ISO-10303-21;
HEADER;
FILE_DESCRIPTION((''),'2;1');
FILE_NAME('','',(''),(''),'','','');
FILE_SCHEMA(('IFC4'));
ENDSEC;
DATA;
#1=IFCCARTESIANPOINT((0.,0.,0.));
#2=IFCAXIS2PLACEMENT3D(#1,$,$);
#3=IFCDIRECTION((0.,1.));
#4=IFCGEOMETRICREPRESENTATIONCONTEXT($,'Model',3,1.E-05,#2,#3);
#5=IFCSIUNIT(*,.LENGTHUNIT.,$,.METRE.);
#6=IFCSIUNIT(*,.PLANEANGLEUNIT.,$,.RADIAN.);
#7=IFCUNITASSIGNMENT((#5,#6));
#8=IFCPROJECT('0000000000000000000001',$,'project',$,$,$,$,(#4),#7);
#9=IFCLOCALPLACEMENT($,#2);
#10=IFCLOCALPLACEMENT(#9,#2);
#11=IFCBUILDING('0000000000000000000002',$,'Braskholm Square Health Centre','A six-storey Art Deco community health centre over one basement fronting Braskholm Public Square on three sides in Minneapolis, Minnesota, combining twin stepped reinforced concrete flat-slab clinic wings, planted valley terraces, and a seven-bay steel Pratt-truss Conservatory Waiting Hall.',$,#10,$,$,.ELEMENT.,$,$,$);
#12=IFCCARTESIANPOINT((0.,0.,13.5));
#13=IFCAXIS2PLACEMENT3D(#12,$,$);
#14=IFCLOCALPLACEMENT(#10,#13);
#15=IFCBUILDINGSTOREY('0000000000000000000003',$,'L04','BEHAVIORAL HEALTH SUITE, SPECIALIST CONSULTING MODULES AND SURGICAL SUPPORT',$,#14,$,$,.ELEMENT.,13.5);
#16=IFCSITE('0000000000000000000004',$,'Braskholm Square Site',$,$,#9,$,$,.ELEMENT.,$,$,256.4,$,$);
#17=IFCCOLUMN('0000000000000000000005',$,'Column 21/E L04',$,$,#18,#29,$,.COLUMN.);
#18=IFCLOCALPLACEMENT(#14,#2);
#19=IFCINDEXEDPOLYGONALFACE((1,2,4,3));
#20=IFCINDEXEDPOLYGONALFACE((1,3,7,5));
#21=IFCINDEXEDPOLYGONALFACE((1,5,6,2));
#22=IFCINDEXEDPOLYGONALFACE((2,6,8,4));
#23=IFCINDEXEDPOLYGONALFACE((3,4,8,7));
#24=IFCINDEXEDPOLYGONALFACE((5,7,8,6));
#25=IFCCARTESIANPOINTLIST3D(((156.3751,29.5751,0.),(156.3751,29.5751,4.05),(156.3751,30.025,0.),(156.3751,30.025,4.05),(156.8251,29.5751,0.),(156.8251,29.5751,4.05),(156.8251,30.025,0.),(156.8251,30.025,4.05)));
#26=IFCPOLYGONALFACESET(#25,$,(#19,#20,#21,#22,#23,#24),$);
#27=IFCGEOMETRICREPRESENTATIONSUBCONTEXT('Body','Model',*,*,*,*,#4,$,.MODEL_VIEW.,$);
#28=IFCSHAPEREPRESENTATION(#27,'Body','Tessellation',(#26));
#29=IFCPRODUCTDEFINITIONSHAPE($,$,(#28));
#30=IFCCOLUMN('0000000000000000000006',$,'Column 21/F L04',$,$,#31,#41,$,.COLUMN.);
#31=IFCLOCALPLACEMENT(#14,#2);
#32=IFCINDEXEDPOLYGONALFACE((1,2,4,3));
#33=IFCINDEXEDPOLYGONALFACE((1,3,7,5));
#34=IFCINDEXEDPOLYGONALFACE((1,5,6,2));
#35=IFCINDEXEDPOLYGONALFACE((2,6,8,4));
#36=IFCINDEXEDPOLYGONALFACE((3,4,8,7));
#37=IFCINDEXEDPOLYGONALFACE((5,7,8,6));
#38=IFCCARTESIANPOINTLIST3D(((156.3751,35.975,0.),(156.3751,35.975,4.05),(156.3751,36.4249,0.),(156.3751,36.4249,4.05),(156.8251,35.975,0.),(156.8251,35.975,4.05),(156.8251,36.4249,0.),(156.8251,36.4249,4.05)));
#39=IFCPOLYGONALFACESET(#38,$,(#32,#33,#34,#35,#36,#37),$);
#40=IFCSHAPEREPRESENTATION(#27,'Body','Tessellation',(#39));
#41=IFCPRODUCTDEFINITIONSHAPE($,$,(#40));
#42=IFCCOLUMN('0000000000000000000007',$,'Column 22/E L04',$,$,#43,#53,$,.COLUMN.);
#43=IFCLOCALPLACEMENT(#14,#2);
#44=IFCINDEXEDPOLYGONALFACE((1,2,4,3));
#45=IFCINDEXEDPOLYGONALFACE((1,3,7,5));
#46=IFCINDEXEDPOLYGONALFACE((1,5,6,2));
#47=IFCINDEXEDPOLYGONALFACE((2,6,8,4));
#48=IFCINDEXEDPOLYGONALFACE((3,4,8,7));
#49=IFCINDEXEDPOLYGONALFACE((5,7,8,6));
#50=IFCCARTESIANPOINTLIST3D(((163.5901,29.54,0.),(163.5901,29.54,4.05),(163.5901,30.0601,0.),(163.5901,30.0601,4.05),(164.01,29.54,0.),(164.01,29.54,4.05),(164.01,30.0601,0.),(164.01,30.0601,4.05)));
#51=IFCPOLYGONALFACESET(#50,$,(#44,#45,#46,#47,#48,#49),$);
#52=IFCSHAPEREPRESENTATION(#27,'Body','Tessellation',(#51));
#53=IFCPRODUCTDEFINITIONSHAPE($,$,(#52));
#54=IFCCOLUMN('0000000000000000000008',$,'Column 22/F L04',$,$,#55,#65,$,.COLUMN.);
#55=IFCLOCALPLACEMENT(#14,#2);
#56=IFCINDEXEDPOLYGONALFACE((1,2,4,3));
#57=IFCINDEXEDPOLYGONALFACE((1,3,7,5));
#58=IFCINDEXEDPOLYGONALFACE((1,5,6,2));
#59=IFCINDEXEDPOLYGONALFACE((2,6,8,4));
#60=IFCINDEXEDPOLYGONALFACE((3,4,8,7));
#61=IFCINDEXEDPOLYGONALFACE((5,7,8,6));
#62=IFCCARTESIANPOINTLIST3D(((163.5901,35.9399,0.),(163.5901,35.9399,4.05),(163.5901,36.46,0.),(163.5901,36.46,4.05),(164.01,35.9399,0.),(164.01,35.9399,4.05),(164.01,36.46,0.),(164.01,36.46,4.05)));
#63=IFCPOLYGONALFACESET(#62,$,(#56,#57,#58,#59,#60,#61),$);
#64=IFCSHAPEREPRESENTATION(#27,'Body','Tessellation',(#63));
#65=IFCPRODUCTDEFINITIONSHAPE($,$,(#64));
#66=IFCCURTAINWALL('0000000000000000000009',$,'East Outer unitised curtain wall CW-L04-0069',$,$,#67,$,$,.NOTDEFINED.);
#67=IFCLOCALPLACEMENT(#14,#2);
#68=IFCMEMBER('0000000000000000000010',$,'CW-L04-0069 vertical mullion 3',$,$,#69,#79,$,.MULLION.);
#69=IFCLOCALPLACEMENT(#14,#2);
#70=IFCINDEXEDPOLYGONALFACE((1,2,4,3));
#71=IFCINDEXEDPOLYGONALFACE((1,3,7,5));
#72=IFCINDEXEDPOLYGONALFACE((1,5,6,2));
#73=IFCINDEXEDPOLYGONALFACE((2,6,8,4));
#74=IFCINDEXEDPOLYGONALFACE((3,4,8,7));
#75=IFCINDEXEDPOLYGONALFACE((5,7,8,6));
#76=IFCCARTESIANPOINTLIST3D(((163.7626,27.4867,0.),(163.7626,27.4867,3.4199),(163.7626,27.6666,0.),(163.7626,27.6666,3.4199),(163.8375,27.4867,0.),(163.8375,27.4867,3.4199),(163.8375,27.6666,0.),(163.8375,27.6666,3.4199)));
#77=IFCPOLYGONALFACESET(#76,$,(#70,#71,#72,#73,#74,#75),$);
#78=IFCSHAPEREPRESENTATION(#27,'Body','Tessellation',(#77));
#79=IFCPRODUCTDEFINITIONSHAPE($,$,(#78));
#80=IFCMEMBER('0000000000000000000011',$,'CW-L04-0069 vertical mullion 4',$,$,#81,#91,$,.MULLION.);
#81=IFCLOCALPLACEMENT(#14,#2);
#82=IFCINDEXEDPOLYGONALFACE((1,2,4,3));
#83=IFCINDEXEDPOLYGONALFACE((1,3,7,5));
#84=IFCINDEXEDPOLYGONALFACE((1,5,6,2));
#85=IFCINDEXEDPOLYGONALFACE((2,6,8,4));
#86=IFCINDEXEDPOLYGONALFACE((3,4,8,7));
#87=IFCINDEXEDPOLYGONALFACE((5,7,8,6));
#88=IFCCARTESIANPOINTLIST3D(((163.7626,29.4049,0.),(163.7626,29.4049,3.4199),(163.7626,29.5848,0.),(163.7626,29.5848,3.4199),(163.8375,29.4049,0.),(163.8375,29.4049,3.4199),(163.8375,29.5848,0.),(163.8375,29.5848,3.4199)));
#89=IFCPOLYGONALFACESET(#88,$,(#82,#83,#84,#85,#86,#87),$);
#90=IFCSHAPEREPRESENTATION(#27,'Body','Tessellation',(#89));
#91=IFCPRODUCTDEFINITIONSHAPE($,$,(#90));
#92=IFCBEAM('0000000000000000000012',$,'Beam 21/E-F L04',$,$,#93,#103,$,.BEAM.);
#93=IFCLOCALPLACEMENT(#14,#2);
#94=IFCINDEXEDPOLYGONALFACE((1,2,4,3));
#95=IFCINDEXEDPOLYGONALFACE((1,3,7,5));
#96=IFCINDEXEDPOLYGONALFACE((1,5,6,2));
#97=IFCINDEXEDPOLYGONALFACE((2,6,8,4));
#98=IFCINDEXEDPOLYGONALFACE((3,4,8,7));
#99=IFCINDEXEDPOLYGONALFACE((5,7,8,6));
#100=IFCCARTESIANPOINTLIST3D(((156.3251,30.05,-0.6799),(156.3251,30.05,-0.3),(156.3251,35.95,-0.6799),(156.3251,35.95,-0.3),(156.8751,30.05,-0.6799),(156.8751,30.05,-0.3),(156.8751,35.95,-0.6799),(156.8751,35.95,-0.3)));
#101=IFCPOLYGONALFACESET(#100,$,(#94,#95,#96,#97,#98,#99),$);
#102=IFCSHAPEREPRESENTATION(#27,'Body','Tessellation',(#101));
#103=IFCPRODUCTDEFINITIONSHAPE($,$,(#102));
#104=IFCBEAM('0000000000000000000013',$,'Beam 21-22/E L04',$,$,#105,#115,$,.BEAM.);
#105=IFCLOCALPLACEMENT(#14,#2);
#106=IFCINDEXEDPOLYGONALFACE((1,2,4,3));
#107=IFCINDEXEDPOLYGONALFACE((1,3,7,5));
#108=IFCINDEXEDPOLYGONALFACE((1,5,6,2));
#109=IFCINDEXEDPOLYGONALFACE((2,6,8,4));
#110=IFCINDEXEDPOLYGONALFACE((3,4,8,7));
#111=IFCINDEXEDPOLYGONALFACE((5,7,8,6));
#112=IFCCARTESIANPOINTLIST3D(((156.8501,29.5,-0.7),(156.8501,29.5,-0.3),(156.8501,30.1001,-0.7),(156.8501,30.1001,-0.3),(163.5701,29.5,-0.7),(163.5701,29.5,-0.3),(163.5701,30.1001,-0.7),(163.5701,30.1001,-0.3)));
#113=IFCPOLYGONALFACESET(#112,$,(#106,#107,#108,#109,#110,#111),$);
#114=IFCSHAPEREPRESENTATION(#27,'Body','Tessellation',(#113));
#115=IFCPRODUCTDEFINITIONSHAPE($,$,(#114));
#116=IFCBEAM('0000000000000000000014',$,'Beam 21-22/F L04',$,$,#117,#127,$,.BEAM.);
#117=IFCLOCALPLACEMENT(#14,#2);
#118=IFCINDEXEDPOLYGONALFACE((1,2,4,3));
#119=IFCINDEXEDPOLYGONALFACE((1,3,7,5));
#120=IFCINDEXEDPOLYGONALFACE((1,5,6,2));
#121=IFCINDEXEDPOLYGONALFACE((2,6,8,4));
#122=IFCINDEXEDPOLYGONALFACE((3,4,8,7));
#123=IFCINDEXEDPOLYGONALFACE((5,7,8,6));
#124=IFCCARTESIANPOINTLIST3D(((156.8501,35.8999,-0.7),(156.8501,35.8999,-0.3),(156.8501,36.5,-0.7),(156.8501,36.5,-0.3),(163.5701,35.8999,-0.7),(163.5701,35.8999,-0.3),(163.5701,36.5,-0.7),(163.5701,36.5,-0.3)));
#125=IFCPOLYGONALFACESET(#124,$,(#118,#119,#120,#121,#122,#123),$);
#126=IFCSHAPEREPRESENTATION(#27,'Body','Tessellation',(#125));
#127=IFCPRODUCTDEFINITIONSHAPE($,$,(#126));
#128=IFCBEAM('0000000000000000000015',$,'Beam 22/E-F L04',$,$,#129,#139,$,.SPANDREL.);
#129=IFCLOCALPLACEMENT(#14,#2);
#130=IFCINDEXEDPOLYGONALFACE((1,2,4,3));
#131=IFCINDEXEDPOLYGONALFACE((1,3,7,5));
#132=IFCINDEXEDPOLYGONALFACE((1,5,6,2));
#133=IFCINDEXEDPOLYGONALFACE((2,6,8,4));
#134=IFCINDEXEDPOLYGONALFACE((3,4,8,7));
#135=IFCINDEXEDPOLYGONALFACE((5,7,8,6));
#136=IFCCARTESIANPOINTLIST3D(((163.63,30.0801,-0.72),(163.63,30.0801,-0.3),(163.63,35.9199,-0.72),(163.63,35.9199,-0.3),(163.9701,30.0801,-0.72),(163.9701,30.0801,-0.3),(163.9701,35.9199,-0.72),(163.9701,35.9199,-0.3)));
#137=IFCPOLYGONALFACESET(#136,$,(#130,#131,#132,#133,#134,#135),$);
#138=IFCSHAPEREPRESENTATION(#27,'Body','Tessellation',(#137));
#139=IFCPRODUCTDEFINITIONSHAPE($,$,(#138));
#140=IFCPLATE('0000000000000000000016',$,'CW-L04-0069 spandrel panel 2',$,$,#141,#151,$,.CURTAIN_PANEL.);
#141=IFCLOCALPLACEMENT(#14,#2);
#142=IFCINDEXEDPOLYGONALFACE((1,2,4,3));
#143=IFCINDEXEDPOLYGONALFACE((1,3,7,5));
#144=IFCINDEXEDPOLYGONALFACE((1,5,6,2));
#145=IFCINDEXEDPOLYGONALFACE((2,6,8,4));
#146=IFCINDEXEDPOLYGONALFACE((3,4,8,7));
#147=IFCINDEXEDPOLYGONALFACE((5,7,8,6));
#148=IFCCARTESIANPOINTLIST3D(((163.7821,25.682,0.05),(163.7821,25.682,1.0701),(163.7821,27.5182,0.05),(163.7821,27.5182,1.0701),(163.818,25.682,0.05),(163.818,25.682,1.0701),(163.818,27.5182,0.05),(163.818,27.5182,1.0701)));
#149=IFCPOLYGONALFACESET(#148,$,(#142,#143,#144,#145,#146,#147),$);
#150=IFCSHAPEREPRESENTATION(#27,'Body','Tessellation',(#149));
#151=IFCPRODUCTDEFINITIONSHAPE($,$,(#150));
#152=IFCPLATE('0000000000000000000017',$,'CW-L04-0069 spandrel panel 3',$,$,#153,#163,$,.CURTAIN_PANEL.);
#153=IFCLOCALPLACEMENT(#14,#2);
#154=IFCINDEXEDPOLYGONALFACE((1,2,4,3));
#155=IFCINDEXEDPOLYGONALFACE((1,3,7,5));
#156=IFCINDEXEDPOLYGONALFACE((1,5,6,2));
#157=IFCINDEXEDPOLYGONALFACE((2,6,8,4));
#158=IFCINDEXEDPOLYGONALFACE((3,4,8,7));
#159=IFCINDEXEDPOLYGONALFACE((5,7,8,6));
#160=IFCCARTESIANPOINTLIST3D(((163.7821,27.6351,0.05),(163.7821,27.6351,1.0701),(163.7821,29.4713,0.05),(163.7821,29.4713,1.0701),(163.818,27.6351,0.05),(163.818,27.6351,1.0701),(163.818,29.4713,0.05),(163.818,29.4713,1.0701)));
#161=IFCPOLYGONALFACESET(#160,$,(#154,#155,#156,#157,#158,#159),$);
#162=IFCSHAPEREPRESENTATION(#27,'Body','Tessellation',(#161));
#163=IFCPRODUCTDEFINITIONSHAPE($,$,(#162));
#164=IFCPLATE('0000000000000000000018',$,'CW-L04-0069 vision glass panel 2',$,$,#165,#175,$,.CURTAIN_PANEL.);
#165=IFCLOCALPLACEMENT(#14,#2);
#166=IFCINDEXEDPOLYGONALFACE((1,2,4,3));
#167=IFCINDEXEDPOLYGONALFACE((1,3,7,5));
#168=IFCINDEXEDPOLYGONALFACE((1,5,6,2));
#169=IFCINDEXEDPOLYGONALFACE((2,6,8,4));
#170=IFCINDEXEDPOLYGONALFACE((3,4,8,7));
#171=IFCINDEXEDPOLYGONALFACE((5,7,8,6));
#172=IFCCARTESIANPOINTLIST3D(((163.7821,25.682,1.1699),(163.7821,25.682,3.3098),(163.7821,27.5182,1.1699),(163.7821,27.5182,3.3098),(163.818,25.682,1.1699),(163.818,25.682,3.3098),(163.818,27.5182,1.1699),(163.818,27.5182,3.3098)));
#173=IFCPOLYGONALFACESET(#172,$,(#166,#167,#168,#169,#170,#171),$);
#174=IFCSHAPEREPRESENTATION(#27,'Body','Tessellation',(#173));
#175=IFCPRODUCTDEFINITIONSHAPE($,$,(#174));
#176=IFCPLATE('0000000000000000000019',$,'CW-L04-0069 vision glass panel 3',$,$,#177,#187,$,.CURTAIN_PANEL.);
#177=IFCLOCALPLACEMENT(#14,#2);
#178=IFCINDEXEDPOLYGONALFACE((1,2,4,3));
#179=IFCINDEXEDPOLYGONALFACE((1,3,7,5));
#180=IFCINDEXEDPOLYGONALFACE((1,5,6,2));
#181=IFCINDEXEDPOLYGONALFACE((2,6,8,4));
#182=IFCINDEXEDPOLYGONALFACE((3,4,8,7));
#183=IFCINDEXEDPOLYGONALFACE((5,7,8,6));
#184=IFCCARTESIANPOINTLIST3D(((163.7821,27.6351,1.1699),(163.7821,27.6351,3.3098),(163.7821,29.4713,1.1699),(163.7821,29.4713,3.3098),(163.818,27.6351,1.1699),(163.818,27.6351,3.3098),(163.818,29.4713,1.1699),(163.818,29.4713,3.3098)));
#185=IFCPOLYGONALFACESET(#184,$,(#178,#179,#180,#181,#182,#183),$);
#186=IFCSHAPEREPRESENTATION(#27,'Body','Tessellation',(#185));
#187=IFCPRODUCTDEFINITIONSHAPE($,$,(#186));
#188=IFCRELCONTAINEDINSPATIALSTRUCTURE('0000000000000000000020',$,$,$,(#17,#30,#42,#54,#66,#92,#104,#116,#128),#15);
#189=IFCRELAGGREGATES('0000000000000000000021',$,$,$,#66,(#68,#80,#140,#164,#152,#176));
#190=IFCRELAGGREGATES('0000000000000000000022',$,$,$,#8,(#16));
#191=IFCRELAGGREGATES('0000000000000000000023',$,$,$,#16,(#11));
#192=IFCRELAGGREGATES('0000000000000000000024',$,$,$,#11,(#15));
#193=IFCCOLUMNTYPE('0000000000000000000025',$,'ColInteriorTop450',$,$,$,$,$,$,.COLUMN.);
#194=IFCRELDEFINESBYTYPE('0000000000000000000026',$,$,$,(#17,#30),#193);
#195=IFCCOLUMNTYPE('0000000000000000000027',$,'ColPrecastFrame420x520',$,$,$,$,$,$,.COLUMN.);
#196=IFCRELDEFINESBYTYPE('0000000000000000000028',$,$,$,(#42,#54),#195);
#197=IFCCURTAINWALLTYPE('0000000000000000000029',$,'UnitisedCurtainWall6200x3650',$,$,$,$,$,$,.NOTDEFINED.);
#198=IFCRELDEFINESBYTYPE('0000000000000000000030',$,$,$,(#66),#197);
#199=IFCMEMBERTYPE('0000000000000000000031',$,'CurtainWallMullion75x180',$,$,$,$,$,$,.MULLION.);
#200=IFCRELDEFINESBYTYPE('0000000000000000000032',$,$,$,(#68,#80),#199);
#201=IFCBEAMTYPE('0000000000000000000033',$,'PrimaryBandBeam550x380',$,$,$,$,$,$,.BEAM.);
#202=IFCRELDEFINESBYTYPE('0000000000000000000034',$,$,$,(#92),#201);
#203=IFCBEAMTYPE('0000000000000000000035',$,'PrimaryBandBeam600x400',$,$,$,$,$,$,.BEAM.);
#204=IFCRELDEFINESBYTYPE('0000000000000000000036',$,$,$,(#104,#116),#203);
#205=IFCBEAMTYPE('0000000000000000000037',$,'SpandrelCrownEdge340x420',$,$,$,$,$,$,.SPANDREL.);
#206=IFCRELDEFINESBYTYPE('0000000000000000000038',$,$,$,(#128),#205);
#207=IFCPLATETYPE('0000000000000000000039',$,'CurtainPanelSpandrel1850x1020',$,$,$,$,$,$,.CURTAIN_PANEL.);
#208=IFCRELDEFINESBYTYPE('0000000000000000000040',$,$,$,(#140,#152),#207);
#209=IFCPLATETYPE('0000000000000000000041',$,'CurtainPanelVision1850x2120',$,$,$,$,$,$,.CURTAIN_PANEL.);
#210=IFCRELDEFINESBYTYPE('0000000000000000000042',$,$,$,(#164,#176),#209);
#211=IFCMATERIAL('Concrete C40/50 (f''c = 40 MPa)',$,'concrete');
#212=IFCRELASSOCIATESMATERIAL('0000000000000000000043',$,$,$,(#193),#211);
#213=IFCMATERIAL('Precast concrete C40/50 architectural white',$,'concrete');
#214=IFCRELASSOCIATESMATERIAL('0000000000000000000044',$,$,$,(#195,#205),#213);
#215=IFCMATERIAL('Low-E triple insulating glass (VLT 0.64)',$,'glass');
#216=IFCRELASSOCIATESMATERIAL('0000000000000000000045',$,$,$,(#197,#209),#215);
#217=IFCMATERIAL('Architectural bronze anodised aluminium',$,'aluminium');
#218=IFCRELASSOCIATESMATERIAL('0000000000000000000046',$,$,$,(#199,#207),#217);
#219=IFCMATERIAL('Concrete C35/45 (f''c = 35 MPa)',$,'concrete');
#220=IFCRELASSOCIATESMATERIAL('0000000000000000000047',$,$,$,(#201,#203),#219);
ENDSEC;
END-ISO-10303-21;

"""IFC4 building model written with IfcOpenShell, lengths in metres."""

from ifc_helpers import new_model, si_unit, direction, frame, origin, origin_2d, place, context, subcontext, project, spatial, rectangle, extrude, material, material_profile, profile_set, type_object, element, aggregate, save


model = new_model("IFC4")

# Units and contexts
model_context = context("Model", 3, precision=1e-05, world=origin(), true_north=direction((0.0, 1.0)))
body_context = subcontext(model_context, "Body", "Model", "MODEL_VIEW")
ifc_project = project(units=[si_unit("LENGTHUNIT", "METRE"), si_unit("PLANEANGLEUNIT", "RADIAN")], contexts=[model_context])

# Site, building, storey
site_placement = place(None, origin())
site = spatial("IfcSite", under=ifc_project, at=site_placement, Name="Braskholm Square Site", CompositionType="ELEMENT", RefElevation=256.4)
building_placement = place(site_placement, origin())
building = spatial("IfcBuilding", under=site, at=building_placement, Name="Braskholm Square Health Centre", Description="A six-storey Art Deco community health centre over one basement fronting Braskholm Public Square on three sides in Minneapolis, Minnesota, combining twin stepped reinforced concrete flat-slab clinic wings, planted valley terraces, and a seven-bay steel Pratt-truss Conservatory Waiting Hall.", CompositionType="ELEMENT")
storey_placement = place(building_placement, frame((0.0, 0.0, 13.5)))
storey = spatial("IfcBuildingStorey", under=building, at=storey_placement, Name="L04", Description="BEHAVIORAL HEALTH SUITE, SPECIALIST CONSULTING MODULES AND SURGICAL SUPPORT", CompositionType="ELEMENT", Elevation=13.5)

# Columns
ifc_material_1 = material(Name="Concrete C40/50 (f'c = 40 MPa)", Category="concrete")
ifc_material_profile_1 = material_profile(ifc_material_1, rectangle(XDim=0.45, YDim=0.45, at=origin_2d()), Name="RC-450X450")
ifc_profile_set_1 = profile_set([ifc_material_profile_1], Name="Concrete C40/50 (f'c = 40 MPa)")
column_type_1 = type_object("IfcColumnType", Name="ColInteriorTop450", PredefinedType="COLUMN", material=ifc_profile_set_1)
for number, where, z_axis, x_axis, name in (
    (1, (156.6001, 29.8, 0.0), (0.0, 0.0, 1.0), (1.0, 0.0, 0.0), "Column 21/E L04"),
    (2, (156.6001, 36.2, 0.0), (0.0, 0.0, 1.0), (1.0, 0.0, 0.0), "Column 21/F L04"),
):
    element("IfcColumn", number, at=place(storey_placement, frame(where, z_axis=z_axis, x_axis=x_axis)), inside=storey, type_object=column_type_1, Name=name, PredefinedType="COLUMN", context=body_context, shape_type="SweptSolid", body=[
        extrude(rectangle(XDim=0.45, YDim=0.45, at=origin_2d()), origin(), (0.0, 0.0, 1.0), 4.05),
    ])
ifc_material_2 = material(Name="Precast concrete C40/50 architectural white", Category="concrete")
ifc_material_profile_2 = material_profile(ifc_material_2, rectangle(XDim=0.4199, YDim=0.52, at=origin_2d()), Name="RC-420X520")
ifc_profile_set_2 = profile_set([ifc_material_profile_2], Name="Precast concrete C40/50 architectural white")
column_type_2 = type_object("IfcColumnType", Name="ColPrecastFrame420x520", PredefinedType="COLUMN", material=ifc_profile_set_2)
for number, where, z_axis, x_axis, name in (
    (3, (163.8, 29.8, 0.0), (0.0, 0.0, 1.0), (1.0, 0.0, 0.0), "Column 22/E L04"),
    (4, (163.8, 36.2, 0.0), (0.0, 0.0, 1.0), (1.0, 0.0, 0.0), "Column 22/F L04"),
):
    element("IfcColumn", number, at=place(storey_placement, frame(where, z_axis=z_axis, x_axis=x_axis)), inside=storey, type_object=column_type_2, Name=name, PredefinedType="COLUMN", context=body_context, shape_type="SweptSolid", body=[
        extrude(rectangle(XDim=0.4199, YDim=0.52, at=origin_2d()), origin(), (0.0, 0.0, 1.0), 4.05),
    ])

# Curtain wall, members
ifc_material_3 = material(Name="Low-E triple insulating glass (VLT 0.64)", Category="glass")
curtain_wall_type = type_object("IfcCurtainWallType", Name="UnitisedCurtainWall6200x3650", PredefinedType="NOTDEFINED", material=ifc_material_3)
curtain_wall_placement = place(storey_placement, origin())
curtain_wall = element("IfcCurtainWall", 5, at=curtain_wall_placement, inside=storey, type_object=curtain_wall_type, Name="East Outer unitised curtain wall CW-L04-0069", PredefinedType="NOTDEFINED")
ifc_material_4 = material(Name="Architectural bronze anodised aluminium", Category="aluminium")
ifc_material_profile_3 = material_profile(ifc_material_4, rectangle(XDim=0.075, YDim=0.1799, at=origin_2d()), Name="ALU-75X180")
ifc_profile_set_3 = profile_set([ifc_material_profile_3], Name="Architectural bronze anodised aluminium")
member_type = type_object("IfcMemberType", Name="CurtainWallMullion75x180", PredefinedType="MULLION", material=ifc_profile_set_3)
member_1_placement = place(storey_placement, frame((163.8, 27.5767, 0.0), z_axis=(0.0, 0.0, 1.0), x_axis=(1.0, 0.0, 0.0)))
member_1 = element("IfcMember", 6, at=member_1_placement, type_object=member_type, Name="CW-L04-0069 vertical mullion 3", PredefinedType="MULLION", context=body_context, shape_type="SweptSolid", body=[
    extrude(rectangle(XDim=0.075, YDim=0.1799, at=origin_2d()), origin(), (0.0, 0.0, 1.0), 3.4199),
])
member_2_placement = place(storey_placement, frame((163.8, 29.4949, 0.0), z_axis=(0.0, 0.0, 1.0), x_axis=(1.0, 0.0, 0.0)))
member_2 = element("IfcMember", 7, at=member_2_placement, type_object=member_type, Name="CW-L04-0069 vertical mullion 4", PredefinedType="MULLION", context=body_context, shape_type="SweptSolid", body=[
    extrude(rectangle(XDim=0.075, YDim=0.1799, at=origin_2d()), origin(), (0.0, 0.0, 1.0), 3.4199),
])

# Beams
ifc_material_5 = material(Name="Concrete C35/45 (f'c = 35 MPa)", Category="concrete")
ifc_material_profile_4 = material_profile(ifc_material_5, rectangle(XDim=0.55, YDim=0.3799, at=origin_2d()), Name="RCB-550X380")
ifc_profile_set_4 = profile_set([ifc_material_profile_4], Name="Concrete C35/45 (f'c = 35 MPa)")
beam_type_1 = type_object("IfcBeamType", Name="PrimaryBandBeam550x380", PredefinedType="BEAM", material=ifc_profile_set_4)
beam_1_placement = place(storey_placement, frame((156.6001, 30.05, -0.49), z_axis=(0.0, 1.0, 0.0), x_axis=(-1.0, 0.0, 0.0)))
element("IfcBeam", 8, at=beam_1_placement, inside=storey, type_object=beam_type_1, Name="Beam 21/E-F L04", PredefinedType="BEAM", context=body_context, shape_type="SweptSolid", body=[
    extrude(rectangle(XDim=0.55, YDim=0.3799, at=origin_2d()), origin(), (0.0, 0.0, 1.0), 5.8999),
])
ifc_material_profile_5 = material_profile(ifc_material_5, rectangle(XDim=0.6001, YDim=0.3999, at=origin_2d()), Name="RCB-600X400")
ifc_profile_set_5 = profile_set([ifc_material_profile_5], Name="Concrete C35/45 (f'c = 35 MPa)")
beam_type_2 = type_object("IfcBeamType", Name="PrimaryBandBeam600x400", PredefinedType="BEAM", material=ifc_profile_set_5)
for number, where, z_axis, x_axis, name in (
    (9, (156.8501, 29.8, -0.5), (1.0, 0.0, 0.0), (0.0, 1.0, 0.0), "Beam 21-22/E L04"),
    (10, (156.8501, 36.2, -0.5), (1.0, 0.0, 0.0), (0.0, 1.0, 0.0), "Beam 21-22/F L04"),
):
    element("IfcBeam", number, at=place(storey_placement, frame(where, z_axis=z_axis, x_axis=x_axis)), inside=storey, type_object=beam_type_2, Name=name, PredefinedType="BEAM", context=body_context, shape_type="SweptSolid", body=[
        extrude(rectangle(XDim=0.6001, YDim=0.3999, at=origin_2d()), origin(), (0.0, 0.0, 1.0), 6.72),
    ])
ifc_material_profile_6 = material_profile(ifc_material_2, rectangle(XDim=0.3401, YDim=0.4199, at=origin_2d()), Name="RCB-340X420")
ifc_profile_set_6 = profile_set([ifc_material_profile_6], Name="Precast concrete C40/50 architectural white")
beam_type_3 = type_object("IfcBeamType", Name="SpandrelCrownEdge340x420", PredefinedType="SPANDREL", material=ifc_profile_set_6)
beam_2_placement = place(storey_placement, frame((163.8, 30.0801, -0.51), z_axis=(0.0, 1.0, 0.0), x_axis=(-1.0, 0.0, 0.0)))
element("IfcBeam", 11, at=beam_2_placement, inside=storey, type_object=beam_type_3, Name="Beam 22/E-F L04", PredefinedType="SPANDREL", context=body_context, shape_type="SweptSolid", body=[
    extrude(rectangle(XDim=0.3401, YDim=0.4199, at=origin_2d()), origin(), (0.0, 0.0, 1.0), 5.8398),
])

# Plates
plate_type_1 = type_object("IfcPlateType", Name="CurtainPanelSpandrel1850x1020", PredefinedType="CURTAIN_PANEL", material=ifc_material_4)
plate_1_placement = place(storey_placement, frame((163.8, 26.6001, 0.05), z_axis=(0.0, 0.0, 1.0), x_axis=(0.0, 1.0, 0.0)))
plate_1 = element("IfcPlate", 12, at=plate_1_placement, type_object=plate_type_1, Name="CW-L04-0069 spandrel panel 2", PredefinedType="CURTAIN_PANEL", context=body_context, shape_type="SweptSolid", body=[
    extrude(rectangle(XDim=1.8362, YDim=0.0359, at=origin_2d()), origin(), (0.0, 0.0, 1.0), 1.02),
])
plate_2_placement = place(storey_placement, frame((163.8, 28.5532, 0.05), z_axis=(0.0, 0.0, 1.0), x_axis=(0.0, 1.0, 0.0)))
plate_2 = element("IfcPlate", 13, at=plate_2_placement, type_object=plate_type_1, Name="CW-L04-0069 spandrel panel 3", PredefinedType="CURTAIN_PANEL", context=body_context, shape_type="SweptSolid", body=[
    extrude(rectangle(XDim=1.8362, YDim=0.0359, at=origin_2d()), origin(), (0.0, 0.0, 1.0), 1.02),
])
plate_type_2 = type_object("IfcPlateType", Name="CurtainPanelVision1850x2120", PredefinedType="CURTAIN_PANEL", material=ifc_material_3)
plate_3_placement = place(storey_placement, frame((163.8, 26.6001, 1.1699), z_axis=(0.0, 0.0, 1.0), x_axis=(0.0, 1.0, 0.0)))
plate_3 = element("IfcPlate", 14, at=plate_3_placement, type_object=plate_type_2, Name="CW-L04-0069 vision glass panel 2", PredefinedType="CURTAIN_PANEL", context=body_context, shape_type="SweptSolid", body=[
    extrude(rectangle(XDim=1.8362, YDim=0.0359, at=origin_2d()), origin(), (0.0, 0.0, 1.0), 2.1399),
])
plate_4_placement = place(storey_placement, frame((163.8, 28.5532, 1.1699), z_axis=(0.0, 0.0, 1.0), x_axis=(0.0, 1.0, 0.0)))
plate_4 = element("IfcPlate", 15, at=plate_4_placement, type_object=plate_type_2, Name="CW-L04-0069 vision glass panel 3", PredefinedType="CURTAIN_PANEL", context=body_context, shape_type="SweptSolid", body=[
    extrude(rectangle(XDim=1.8362, YDim=0.0359, at=origin_2d()), origin(), (0.0, 0.0, 1.0), 2.1399),
])
aggregate(curtain_wall, [member_1, member_2, plate_1, plate_3, plate_2, plate_4])

save(model, "model.ifc")
